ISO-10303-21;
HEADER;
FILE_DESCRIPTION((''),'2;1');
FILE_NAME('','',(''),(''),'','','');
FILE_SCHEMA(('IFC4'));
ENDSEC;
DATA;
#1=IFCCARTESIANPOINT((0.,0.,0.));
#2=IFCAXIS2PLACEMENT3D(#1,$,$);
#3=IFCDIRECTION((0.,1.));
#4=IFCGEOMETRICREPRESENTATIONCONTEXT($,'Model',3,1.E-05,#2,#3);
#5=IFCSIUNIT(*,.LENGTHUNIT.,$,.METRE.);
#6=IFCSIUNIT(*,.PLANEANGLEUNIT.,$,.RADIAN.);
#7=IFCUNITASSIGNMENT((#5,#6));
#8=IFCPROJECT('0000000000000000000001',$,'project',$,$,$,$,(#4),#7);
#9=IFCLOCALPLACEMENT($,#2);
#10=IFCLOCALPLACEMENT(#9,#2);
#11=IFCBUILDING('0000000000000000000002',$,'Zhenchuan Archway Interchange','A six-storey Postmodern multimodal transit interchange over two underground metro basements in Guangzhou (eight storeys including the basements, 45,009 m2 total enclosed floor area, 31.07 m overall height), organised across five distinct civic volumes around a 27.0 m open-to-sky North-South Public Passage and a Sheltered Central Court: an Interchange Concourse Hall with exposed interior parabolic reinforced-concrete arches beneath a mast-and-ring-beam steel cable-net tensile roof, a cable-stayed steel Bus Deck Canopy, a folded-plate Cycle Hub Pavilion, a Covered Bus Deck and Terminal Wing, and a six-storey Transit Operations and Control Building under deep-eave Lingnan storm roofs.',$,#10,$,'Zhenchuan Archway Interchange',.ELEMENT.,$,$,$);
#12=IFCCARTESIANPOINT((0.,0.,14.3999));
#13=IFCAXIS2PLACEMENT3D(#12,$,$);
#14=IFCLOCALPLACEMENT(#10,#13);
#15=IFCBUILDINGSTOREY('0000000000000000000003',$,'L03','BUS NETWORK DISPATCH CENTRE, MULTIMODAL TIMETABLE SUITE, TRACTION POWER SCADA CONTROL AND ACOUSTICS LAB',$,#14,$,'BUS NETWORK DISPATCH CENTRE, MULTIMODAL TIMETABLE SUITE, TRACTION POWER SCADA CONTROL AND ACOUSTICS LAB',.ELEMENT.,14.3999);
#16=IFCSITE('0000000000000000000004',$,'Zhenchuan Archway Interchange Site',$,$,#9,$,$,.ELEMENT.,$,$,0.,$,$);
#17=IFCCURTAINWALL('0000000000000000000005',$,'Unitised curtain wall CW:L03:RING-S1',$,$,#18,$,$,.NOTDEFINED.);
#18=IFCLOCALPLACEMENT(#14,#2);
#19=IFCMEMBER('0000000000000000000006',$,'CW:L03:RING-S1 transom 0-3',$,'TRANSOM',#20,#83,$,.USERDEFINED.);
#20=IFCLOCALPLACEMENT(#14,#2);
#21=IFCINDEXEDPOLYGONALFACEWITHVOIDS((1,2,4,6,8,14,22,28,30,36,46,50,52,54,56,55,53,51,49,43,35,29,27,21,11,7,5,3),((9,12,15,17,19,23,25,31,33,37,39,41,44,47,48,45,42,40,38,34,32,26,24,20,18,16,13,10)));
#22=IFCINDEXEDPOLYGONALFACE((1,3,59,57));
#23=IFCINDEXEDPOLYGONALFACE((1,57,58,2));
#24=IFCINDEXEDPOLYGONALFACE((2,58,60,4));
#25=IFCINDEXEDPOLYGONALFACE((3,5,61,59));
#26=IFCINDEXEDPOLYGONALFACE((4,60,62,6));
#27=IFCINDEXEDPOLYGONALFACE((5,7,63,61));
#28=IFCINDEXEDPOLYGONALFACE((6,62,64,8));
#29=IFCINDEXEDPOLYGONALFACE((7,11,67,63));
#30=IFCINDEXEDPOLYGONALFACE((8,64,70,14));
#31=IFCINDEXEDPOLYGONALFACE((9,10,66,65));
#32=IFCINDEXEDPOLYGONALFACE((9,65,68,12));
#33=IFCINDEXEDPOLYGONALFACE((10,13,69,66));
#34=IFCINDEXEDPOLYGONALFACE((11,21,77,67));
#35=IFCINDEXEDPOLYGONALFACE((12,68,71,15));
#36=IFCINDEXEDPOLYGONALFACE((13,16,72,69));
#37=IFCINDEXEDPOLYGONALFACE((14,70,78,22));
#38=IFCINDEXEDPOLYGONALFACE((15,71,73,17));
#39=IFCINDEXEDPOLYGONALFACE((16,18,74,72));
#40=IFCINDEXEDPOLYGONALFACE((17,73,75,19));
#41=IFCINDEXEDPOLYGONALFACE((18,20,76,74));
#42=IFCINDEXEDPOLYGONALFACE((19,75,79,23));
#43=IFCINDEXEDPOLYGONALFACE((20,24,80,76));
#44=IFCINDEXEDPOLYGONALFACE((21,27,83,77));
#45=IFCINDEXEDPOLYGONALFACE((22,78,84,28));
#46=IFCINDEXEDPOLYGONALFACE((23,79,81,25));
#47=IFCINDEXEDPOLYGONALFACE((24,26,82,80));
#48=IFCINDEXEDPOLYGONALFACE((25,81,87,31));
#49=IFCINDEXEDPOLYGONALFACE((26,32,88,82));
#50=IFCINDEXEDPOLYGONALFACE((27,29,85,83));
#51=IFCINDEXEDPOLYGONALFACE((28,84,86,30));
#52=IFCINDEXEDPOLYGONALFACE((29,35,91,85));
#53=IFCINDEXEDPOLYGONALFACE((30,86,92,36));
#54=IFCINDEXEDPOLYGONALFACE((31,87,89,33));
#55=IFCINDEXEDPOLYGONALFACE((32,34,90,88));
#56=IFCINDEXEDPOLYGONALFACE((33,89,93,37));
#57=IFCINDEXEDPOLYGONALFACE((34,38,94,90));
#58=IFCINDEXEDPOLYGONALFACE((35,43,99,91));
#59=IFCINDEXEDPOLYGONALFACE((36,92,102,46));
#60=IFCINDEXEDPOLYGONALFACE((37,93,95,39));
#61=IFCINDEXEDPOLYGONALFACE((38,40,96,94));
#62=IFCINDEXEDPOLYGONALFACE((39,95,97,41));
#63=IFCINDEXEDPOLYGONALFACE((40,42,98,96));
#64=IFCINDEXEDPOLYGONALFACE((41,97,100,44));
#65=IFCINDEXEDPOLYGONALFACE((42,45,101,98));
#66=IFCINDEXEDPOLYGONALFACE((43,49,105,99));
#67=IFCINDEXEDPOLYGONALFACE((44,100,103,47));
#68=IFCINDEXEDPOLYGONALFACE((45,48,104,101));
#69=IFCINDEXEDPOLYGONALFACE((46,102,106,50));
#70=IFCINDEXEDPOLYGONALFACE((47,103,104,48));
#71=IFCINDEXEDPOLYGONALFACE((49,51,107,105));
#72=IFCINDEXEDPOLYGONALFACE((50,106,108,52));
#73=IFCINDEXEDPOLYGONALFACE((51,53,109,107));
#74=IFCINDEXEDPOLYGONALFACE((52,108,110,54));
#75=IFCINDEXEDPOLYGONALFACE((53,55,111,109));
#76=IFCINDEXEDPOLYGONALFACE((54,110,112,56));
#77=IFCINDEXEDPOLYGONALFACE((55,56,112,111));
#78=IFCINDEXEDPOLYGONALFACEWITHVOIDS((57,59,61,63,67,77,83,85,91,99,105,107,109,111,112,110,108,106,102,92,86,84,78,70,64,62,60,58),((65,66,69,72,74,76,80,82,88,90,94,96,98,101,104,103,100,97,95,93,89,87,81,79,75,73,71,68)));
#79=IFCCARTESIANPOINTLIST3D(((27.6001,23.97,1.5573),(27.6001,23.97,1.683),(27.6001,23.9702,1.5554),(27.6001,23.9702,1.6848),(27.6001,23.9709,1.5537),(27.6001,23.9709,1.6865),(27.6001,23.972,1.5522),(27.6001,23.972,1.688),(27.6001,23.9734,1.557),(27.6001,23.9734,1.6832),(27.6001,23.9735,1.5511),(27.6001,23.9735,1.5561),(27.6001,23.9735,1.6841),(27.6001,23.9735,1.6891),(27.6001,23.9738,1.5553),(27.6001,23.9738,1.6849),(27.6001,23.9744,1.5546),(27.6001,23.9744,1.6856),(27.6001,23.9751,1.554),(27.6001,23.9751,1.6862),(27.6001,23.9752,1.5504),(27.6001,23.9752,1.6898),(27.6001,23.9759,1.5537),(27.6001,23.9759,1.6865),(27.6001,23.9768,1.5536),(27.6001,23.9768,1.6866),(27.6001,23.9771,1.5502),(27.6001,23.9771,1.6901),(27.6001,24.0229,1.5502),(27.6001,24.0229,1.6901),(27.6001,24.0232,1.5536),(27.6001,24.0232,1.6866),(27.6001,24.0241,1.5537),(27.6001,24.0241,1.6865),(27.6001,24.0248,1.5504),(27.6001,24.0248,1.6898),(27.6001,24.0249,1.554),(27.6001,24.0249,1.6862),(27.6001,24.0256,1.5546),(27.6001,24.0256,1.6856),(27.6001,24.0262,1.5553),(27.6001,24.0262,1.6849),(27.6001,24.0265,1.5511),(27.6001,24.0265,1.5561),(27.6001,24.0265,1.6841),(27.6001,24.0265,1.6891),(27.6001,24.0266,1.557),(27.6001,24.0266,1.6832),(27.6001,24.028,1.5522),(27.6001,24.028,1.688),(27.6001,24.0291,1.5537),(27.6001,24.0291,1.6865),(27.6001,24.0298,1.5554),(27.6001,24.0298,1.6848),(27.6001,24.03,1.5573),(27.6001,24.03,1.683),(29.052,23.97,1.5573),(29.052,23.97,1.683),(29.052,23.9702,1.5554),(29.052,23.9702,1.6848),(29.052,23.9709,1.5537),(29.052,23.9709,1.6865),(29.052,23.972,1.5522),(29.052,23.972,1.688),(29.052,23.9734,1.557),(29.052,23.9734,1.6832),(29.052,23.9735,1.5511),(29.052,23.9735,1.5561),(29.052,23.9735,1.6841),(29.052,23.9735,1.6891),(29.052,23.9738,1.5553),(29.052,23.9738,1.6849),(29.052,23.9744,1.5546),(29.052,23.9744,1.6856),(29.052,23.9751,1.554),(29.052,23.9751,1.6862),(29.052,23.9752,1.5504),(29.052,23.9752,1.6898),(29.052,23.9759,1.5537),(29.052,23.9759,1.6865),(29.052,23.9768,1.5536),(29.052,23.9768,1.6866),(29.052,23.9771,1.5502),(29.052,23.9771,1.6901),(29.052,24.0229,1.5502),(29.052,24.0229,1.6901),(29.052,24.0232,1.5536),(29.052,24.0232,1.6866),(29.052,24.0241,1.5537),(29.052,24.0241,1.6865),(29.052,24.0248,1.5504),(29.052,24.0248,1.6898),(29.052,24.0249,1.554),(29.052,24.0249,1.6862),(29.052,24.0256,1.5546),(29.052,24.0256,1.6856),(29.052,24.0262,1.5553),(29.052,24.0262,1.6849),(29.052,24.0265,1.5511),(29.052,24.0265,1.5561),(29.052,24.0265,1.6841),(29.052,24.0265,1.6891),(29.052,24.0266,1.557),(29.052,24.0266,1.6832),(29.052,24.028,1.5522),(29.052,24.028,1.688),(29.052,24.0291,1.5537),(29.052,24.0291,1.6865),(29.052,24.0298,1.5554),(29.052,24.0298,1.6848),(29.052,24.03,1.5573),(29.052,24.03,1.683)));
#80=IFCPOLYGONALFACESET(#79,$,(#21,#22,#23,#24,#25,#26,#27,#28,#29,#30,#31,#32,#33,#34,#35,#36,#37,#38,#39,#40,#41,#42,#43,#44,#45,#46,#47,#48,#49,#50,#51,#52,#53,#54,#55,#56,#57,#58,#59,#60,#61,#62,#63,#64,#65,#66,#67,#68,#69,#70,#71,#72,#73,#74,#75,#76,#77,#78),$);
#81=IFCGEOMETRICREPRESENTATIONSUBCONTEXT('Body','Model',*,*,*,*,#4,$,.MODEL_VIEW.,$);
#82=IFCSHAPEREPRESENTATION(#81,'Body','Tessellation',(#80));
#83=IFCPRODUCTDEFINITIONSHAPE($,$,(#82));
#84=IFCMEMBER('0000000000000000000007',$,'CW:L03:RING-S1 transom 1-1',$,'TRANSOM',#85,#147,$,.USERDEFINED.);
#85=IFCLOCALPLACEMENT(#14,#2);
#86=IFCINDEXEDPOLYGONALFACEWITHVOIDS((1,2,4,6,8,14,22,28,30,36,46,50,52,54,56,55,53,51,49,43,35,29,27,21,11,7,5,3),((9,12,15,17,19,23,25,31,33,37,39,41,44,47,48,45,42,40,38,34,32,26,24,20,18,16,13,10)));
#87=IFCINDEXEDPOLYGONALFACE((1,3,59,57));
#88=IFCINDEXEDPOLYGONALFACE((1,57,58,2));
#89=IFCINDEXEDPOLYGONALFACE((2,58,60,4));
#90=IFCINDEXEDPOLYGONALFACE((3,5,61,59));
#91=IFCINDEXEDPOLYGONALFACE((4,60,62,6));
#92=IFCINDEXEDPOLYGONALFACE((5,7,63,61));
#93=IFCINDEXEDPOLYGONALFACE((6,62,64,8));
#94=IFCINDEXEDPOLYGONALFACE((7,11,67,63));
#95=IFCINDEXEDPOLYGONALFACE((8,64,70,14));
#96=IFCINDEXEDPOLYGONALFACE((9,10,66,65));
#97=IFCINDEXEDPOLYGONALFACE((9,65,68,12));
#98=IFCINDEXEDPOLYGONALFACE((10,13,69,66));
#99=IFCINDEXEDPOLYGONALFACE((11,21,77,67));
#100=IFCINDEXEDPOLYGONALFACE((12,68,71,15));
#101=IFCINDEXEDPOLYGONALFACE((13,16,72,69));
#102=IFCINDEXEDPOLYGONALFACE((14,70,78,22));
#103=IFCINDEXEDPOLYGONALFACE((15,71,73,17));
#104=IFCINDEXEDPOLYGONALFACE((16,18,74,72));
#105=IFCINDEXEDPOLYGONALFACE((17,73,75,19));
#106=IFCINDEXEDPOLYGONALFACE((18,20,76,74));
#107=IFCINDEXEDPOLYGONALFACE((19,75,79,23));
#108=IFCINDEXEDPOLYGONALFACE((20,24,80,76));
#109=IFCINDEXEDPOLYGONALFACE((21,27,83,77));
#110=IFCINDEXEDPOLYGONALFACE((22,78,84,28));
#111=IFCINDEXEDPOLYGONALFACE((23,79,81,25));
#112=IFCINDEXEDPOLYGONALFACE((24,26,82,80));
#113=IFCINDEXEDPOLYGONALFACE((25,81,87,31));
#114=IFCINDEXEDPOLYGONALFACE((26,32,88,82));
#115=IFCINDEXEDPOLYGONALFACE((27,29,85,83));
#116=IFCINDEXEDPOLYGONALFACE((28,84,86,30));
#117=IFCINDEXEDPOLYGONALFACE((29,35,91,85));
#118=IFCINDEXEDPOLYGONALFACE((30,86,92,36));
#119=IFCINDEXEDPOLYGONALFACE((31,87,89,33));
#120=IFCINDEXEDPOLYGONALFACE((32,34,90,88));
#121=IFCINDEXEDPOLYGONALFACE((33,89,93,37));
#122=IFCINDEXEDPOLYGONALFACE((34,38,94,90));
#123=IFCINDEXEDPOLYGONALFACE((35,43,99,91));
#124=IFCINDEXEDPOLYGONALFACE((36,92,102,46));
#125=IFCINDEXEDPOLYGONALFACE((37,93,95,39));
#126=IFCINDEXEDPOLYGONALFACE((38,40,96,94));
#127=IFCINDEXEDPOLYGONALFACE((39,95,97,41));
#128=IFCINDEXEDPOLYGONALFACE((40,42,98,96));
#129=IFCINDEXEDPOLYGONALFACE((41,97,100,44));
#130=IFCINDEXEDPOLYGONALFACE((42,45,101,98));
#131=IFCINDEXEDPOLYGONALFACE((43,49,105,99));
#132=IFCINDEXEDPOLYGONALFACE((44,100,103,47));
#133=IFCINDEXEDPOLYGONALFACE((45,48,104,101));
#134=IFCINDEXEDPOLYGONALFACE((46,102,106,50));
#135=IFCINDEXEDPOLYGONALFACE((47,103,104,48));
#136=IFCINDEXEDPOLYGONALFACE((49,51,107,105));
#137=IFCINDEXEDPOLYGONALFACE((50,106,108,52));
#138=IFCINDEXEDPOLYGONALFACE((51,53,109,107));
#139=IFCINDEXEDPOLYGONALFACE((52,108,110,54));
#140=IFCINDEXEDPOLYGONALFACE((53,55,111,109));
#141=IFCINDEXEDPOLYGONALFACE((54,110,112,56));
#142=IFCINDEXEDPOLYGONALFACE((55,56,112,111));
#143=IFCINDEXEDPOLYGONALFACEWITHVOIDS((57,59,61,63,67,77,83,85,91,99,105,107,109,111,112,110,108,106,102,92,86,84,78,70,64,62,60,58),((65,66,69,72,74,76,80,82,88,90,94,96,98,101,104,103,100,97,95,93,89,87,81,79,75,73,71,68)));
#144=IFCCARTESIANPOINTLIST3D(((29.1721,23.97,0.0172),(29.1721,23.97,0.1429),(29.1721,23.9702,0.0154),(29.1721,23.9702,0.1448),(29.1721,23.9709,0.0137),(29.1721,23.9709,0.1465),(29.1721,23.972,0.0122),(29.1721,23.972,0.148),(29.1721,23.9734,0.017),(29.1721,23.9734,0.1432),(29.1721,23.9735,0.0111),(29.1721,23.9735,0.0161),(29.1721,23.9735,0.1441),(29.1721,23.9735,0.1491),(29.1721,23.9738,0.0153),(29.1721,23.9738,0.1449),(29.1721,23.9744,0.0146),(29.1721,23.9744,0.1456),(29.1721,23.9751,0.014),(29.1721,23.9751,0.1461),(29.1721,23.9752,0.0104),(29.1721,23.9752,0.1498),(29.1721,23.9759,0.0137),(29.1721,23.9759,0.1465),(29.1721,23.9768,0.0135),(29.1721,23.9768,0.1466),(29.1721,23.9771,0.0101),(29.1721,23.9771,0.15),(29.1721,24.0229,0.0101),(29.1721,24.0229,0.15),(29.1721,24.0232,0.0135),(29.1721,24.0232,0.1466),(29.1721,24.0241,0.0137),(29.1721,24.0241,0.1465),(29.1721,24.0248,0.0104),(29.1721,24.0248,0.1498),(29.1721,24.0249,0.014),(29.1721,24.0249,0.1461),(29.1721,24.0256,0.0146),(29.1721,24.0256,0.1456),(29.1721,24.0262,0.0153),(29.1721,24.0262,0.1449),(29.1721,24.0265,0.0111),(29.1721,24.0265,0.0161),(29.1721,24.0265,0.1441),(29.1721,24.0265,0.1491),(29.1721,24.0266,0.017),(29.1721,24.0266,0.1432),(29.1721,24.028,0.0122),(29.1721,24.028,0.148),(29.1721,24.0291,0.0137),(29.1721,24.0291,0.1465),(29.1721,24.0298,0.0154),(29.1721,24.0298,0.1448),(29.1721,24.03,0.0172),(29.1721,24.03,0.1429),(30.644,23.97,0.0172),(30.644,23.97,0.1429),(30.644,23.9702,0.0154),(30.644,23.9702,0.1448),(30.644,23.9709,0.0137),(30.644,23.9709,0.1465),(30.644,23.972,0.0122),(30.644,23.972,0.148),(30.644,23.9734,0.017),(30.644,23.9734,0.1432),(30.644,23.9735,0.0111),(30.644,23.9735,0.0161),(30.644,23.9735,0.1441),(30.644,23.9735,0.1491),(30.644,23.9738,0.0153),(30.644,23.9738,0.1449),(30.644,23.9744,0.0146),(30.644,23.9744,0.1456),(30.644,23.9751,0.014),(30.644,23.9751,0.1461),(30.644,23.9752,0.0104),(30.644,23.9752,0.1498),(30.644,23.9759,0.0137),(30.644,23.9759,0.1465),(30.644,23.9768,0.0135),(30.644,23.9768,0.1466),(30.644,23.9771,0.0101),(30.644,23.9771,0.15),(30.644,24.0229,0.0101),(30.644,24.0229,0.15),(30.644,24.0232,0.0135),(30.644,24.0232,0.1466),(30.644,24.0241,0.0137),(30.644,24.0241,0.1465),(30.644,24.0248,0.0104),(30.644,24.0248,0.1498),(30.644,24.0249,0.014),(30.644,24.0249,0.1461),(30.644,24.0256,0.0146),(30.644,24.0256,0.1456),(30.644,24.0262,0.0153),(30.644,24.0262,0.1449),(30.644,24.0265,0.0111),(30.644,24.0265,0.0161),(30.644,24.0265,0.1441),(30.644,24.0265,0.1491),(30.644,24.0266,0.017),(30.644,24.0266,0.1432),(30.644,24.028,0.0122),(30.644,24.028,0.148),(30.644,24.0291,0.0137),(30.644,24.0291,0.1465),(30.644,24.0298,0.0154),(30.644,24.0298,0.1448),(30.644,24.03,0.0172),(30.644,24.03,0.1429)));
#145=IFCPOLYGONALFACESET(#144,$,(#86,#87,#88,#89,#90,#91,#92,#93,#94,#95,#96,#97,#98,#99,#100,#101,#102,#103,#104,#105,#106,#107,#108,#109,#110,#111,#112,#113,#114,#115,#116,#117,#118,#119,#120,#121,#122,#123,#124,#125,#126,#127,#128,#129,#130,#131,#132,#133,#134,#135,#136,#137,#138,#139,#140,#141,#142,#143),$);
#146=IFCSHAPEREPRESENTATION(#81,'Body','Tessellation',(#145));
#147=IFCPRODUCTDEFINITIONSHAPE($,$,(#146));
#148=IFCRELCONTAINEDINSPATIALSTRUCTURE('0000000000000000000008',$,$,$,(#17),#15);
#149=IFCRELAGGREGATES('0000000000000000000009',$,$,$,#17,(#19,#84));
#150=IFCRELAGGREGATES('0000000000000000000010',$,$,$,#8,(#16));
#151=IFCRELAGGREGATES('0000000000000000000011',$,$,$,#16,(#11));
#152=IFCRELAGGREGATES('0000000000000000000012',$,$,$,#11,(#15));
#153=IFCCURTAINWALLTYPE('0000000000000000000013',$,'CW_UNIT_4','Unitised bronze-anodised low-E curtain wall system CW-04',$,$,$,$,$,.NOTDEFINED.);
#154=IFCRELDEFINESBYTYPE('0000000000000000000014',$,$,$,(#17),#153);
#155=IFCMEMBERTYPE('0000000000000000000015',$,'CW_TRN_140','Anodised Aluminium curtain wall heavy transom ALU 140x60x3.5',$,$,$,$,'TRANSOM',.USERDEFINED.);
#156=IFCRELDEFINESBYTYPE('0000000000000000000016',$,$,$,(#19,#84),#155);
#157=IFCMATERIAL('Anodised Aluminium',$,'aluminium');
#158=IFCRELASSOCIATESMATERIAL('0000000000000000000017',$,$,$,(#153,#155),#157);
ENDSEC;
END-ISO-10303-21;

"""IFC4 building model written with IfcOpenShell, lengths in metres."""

from ifc_helpers import new_model, si_unit, direction, frame, origin, origin_2d, place, context, subcontext, project, spatial, hollow_rectangle, extrude, material, material_profile, profile_set, type_object, element, aggregate, save


model = new_model("IFC4")

# Units and contexts
model_context = context("Model", 3, precision=1e-05, world=origin(), true_north=direction((0.0, 1.0)))
body_context = subcontext(model_context, "Body", "Model", "MODEL_VIEW")
ifc_project = project(units=[si_unit("LENGTHUNIT", "METRE"), si_unit("PLANEANGLEUNIT", "RADIAN")], contexts=[model_context])

# Site, building, storey
site_placement = place(None, origin())
site = spatial("IfcSite", under=ifc_project, at=site_placement, Name="Zhenchuan Archway Interchange Site", CompositionType="ELEMENT", RefElevation=0.0)
building_placement = place(site_placement, origin())
building = spatial("IfcBuilding", under=site, at=building_placement, Name="Zhenchuan Archway Interchange", Description="A six-storey Postmodern multimodal transit interchange over two underground metro basements in Guangzhou (eight storeys including the basements, 45,009 m2 total enclosed floor area, 31.07 m overall height), organised across five distinct civic volumes around a 27.0 m open-to-sky North-South Public Passage and a Sheltered Central Court: an Interchange Concourse Hall with exposed interior parabolic reinforced-concrete arches beneath a mast-and-ring-beam steel cable-net tensile roof, a cable-stayed steel Bus Deck Canopy, a folded-plate Cycle Hub Pavilion, a Covered Bus Deck and Terminal Wing, and a six-storey Transit Operations and Control Building under deep-eave Lingnan storm roofs.", LongName="Zhenchuan Archway Interchange", CompositionType="ELEMENT")
storey_placement = place(building_placement, frame((0.0, 0.0, 14.3999)))
storey = spatial("IfcBuildingStorey", under=building, at=storey_placement, Name="L03", Description="BUS NETWORK DISPATCH CENTRE, MULTIMODAL TIMETABLE SUITE, TRACTION POWER SCADA CONTROL AND ACOUSTICS LAB", LongName="BUS NETWORK DISPATCH CENTRE, MULTIMODAL TIMETABLE SUITE, TRACTION POWER SCADA CONTROL AND ACOUSTICS LAB", CompositionType="ELEMENT", Elevation=14.3999)

# Curtain wall, members
ifc_material_1 = material(Name="Anodised Aluminium", Category="aluminium")
curtain_wall_type = type_object("IfcCurtainWallType", Name="CW_UNIT_4", Description="Unitised bronze-anodised low-E curtain wall system CW-04", PredefinedType="NOTDEFINED", material=ifc_material_1)
curtain_wall_placement = place(storey_placement, origin())
curtain_wall = element("IfcCurtainWall", 1, at=curtain_wall_placement, inside=storey, type_object=curtain_wall_type, Name="Unitised curtain wall CW:L03:RING-S1", PredefinedType="NOTDEFINED")
ifc_material_profile_1 = material_profile(ifc_material_1, hollow_rectangle(XDim=0.0601, YDim=0.1399, WallThickness=0.0034, InnerFilletRadius=0.0034, OuterFilletRadius=0.0071, at=origin_2d()), Name="ALU 140x60x3.5")
ifc_profile_set_1 = profile_set([ifc_material_profile_1], Name="Anodised Aluminium")
member_type_1 = type_object("IfcMemberType", Name="CW_TRN_140", Description="Anodised Aluminium curtain wall heavy transom ALU 140x60x3.5", ElementType="TRANSOM", PredefinedType="USERDEFINED", material=ifc_profile_set_1)
member_1_placement = place(storey_placement, frame((27.6001, 24.0, 1.6201), z_axis=(1.0, 0.0, 0.0), x_axis=(0.0, 1.0, 0.0)))
member_1 = element("IfcMember", 2, at=member_1_placement, type_object=member_type_1, Name="CW:L03:RING-S1 transom 0-3", ObjectType="TRANSOM", PredefinedType="USERDEFINED", context=body_context, shape_type="SweptSolid", body=[
    extrude(hollow_rectangle(XDim=0.0601, YDim=0.1399, WallThickness=0.0034, InnerFilletRadius=0.0034, OuterFilletRadius=0.0071, at=origin_2d()), origin(), (0.0, 0.0, 1.0), 1.4519),
])
member_2_placement = place(storey_placement, frame((29.1721, 24.0, 0.0801), z_axis=(1.0, 0.0, 0.0), x_axis=(0.0, 1.0, 0.0)))
member_2 = element("IfcMember", 3, at=member_2_placement, type_object=member_type_1, Name="CW:L03:RING-S1 transom 1-1", ObjectType="TRANSOM", PredefinedType="USERDEFINED", context=body_context, shape_type="SweptSolid", body=[
    extrude(hollow_rectangle(XDim=0.0601, YDim=0.1399, WallThickness=0.0034, InnerFilletRadius=0.0034, OuterFilletRadius=0.0071, at=origin_2d()), origin(), (0.0, 0.0, 1.0), 1.4719),
])

aggregate(curtain_wall, [member_1, member_2])

save(model, "model.ifc")
